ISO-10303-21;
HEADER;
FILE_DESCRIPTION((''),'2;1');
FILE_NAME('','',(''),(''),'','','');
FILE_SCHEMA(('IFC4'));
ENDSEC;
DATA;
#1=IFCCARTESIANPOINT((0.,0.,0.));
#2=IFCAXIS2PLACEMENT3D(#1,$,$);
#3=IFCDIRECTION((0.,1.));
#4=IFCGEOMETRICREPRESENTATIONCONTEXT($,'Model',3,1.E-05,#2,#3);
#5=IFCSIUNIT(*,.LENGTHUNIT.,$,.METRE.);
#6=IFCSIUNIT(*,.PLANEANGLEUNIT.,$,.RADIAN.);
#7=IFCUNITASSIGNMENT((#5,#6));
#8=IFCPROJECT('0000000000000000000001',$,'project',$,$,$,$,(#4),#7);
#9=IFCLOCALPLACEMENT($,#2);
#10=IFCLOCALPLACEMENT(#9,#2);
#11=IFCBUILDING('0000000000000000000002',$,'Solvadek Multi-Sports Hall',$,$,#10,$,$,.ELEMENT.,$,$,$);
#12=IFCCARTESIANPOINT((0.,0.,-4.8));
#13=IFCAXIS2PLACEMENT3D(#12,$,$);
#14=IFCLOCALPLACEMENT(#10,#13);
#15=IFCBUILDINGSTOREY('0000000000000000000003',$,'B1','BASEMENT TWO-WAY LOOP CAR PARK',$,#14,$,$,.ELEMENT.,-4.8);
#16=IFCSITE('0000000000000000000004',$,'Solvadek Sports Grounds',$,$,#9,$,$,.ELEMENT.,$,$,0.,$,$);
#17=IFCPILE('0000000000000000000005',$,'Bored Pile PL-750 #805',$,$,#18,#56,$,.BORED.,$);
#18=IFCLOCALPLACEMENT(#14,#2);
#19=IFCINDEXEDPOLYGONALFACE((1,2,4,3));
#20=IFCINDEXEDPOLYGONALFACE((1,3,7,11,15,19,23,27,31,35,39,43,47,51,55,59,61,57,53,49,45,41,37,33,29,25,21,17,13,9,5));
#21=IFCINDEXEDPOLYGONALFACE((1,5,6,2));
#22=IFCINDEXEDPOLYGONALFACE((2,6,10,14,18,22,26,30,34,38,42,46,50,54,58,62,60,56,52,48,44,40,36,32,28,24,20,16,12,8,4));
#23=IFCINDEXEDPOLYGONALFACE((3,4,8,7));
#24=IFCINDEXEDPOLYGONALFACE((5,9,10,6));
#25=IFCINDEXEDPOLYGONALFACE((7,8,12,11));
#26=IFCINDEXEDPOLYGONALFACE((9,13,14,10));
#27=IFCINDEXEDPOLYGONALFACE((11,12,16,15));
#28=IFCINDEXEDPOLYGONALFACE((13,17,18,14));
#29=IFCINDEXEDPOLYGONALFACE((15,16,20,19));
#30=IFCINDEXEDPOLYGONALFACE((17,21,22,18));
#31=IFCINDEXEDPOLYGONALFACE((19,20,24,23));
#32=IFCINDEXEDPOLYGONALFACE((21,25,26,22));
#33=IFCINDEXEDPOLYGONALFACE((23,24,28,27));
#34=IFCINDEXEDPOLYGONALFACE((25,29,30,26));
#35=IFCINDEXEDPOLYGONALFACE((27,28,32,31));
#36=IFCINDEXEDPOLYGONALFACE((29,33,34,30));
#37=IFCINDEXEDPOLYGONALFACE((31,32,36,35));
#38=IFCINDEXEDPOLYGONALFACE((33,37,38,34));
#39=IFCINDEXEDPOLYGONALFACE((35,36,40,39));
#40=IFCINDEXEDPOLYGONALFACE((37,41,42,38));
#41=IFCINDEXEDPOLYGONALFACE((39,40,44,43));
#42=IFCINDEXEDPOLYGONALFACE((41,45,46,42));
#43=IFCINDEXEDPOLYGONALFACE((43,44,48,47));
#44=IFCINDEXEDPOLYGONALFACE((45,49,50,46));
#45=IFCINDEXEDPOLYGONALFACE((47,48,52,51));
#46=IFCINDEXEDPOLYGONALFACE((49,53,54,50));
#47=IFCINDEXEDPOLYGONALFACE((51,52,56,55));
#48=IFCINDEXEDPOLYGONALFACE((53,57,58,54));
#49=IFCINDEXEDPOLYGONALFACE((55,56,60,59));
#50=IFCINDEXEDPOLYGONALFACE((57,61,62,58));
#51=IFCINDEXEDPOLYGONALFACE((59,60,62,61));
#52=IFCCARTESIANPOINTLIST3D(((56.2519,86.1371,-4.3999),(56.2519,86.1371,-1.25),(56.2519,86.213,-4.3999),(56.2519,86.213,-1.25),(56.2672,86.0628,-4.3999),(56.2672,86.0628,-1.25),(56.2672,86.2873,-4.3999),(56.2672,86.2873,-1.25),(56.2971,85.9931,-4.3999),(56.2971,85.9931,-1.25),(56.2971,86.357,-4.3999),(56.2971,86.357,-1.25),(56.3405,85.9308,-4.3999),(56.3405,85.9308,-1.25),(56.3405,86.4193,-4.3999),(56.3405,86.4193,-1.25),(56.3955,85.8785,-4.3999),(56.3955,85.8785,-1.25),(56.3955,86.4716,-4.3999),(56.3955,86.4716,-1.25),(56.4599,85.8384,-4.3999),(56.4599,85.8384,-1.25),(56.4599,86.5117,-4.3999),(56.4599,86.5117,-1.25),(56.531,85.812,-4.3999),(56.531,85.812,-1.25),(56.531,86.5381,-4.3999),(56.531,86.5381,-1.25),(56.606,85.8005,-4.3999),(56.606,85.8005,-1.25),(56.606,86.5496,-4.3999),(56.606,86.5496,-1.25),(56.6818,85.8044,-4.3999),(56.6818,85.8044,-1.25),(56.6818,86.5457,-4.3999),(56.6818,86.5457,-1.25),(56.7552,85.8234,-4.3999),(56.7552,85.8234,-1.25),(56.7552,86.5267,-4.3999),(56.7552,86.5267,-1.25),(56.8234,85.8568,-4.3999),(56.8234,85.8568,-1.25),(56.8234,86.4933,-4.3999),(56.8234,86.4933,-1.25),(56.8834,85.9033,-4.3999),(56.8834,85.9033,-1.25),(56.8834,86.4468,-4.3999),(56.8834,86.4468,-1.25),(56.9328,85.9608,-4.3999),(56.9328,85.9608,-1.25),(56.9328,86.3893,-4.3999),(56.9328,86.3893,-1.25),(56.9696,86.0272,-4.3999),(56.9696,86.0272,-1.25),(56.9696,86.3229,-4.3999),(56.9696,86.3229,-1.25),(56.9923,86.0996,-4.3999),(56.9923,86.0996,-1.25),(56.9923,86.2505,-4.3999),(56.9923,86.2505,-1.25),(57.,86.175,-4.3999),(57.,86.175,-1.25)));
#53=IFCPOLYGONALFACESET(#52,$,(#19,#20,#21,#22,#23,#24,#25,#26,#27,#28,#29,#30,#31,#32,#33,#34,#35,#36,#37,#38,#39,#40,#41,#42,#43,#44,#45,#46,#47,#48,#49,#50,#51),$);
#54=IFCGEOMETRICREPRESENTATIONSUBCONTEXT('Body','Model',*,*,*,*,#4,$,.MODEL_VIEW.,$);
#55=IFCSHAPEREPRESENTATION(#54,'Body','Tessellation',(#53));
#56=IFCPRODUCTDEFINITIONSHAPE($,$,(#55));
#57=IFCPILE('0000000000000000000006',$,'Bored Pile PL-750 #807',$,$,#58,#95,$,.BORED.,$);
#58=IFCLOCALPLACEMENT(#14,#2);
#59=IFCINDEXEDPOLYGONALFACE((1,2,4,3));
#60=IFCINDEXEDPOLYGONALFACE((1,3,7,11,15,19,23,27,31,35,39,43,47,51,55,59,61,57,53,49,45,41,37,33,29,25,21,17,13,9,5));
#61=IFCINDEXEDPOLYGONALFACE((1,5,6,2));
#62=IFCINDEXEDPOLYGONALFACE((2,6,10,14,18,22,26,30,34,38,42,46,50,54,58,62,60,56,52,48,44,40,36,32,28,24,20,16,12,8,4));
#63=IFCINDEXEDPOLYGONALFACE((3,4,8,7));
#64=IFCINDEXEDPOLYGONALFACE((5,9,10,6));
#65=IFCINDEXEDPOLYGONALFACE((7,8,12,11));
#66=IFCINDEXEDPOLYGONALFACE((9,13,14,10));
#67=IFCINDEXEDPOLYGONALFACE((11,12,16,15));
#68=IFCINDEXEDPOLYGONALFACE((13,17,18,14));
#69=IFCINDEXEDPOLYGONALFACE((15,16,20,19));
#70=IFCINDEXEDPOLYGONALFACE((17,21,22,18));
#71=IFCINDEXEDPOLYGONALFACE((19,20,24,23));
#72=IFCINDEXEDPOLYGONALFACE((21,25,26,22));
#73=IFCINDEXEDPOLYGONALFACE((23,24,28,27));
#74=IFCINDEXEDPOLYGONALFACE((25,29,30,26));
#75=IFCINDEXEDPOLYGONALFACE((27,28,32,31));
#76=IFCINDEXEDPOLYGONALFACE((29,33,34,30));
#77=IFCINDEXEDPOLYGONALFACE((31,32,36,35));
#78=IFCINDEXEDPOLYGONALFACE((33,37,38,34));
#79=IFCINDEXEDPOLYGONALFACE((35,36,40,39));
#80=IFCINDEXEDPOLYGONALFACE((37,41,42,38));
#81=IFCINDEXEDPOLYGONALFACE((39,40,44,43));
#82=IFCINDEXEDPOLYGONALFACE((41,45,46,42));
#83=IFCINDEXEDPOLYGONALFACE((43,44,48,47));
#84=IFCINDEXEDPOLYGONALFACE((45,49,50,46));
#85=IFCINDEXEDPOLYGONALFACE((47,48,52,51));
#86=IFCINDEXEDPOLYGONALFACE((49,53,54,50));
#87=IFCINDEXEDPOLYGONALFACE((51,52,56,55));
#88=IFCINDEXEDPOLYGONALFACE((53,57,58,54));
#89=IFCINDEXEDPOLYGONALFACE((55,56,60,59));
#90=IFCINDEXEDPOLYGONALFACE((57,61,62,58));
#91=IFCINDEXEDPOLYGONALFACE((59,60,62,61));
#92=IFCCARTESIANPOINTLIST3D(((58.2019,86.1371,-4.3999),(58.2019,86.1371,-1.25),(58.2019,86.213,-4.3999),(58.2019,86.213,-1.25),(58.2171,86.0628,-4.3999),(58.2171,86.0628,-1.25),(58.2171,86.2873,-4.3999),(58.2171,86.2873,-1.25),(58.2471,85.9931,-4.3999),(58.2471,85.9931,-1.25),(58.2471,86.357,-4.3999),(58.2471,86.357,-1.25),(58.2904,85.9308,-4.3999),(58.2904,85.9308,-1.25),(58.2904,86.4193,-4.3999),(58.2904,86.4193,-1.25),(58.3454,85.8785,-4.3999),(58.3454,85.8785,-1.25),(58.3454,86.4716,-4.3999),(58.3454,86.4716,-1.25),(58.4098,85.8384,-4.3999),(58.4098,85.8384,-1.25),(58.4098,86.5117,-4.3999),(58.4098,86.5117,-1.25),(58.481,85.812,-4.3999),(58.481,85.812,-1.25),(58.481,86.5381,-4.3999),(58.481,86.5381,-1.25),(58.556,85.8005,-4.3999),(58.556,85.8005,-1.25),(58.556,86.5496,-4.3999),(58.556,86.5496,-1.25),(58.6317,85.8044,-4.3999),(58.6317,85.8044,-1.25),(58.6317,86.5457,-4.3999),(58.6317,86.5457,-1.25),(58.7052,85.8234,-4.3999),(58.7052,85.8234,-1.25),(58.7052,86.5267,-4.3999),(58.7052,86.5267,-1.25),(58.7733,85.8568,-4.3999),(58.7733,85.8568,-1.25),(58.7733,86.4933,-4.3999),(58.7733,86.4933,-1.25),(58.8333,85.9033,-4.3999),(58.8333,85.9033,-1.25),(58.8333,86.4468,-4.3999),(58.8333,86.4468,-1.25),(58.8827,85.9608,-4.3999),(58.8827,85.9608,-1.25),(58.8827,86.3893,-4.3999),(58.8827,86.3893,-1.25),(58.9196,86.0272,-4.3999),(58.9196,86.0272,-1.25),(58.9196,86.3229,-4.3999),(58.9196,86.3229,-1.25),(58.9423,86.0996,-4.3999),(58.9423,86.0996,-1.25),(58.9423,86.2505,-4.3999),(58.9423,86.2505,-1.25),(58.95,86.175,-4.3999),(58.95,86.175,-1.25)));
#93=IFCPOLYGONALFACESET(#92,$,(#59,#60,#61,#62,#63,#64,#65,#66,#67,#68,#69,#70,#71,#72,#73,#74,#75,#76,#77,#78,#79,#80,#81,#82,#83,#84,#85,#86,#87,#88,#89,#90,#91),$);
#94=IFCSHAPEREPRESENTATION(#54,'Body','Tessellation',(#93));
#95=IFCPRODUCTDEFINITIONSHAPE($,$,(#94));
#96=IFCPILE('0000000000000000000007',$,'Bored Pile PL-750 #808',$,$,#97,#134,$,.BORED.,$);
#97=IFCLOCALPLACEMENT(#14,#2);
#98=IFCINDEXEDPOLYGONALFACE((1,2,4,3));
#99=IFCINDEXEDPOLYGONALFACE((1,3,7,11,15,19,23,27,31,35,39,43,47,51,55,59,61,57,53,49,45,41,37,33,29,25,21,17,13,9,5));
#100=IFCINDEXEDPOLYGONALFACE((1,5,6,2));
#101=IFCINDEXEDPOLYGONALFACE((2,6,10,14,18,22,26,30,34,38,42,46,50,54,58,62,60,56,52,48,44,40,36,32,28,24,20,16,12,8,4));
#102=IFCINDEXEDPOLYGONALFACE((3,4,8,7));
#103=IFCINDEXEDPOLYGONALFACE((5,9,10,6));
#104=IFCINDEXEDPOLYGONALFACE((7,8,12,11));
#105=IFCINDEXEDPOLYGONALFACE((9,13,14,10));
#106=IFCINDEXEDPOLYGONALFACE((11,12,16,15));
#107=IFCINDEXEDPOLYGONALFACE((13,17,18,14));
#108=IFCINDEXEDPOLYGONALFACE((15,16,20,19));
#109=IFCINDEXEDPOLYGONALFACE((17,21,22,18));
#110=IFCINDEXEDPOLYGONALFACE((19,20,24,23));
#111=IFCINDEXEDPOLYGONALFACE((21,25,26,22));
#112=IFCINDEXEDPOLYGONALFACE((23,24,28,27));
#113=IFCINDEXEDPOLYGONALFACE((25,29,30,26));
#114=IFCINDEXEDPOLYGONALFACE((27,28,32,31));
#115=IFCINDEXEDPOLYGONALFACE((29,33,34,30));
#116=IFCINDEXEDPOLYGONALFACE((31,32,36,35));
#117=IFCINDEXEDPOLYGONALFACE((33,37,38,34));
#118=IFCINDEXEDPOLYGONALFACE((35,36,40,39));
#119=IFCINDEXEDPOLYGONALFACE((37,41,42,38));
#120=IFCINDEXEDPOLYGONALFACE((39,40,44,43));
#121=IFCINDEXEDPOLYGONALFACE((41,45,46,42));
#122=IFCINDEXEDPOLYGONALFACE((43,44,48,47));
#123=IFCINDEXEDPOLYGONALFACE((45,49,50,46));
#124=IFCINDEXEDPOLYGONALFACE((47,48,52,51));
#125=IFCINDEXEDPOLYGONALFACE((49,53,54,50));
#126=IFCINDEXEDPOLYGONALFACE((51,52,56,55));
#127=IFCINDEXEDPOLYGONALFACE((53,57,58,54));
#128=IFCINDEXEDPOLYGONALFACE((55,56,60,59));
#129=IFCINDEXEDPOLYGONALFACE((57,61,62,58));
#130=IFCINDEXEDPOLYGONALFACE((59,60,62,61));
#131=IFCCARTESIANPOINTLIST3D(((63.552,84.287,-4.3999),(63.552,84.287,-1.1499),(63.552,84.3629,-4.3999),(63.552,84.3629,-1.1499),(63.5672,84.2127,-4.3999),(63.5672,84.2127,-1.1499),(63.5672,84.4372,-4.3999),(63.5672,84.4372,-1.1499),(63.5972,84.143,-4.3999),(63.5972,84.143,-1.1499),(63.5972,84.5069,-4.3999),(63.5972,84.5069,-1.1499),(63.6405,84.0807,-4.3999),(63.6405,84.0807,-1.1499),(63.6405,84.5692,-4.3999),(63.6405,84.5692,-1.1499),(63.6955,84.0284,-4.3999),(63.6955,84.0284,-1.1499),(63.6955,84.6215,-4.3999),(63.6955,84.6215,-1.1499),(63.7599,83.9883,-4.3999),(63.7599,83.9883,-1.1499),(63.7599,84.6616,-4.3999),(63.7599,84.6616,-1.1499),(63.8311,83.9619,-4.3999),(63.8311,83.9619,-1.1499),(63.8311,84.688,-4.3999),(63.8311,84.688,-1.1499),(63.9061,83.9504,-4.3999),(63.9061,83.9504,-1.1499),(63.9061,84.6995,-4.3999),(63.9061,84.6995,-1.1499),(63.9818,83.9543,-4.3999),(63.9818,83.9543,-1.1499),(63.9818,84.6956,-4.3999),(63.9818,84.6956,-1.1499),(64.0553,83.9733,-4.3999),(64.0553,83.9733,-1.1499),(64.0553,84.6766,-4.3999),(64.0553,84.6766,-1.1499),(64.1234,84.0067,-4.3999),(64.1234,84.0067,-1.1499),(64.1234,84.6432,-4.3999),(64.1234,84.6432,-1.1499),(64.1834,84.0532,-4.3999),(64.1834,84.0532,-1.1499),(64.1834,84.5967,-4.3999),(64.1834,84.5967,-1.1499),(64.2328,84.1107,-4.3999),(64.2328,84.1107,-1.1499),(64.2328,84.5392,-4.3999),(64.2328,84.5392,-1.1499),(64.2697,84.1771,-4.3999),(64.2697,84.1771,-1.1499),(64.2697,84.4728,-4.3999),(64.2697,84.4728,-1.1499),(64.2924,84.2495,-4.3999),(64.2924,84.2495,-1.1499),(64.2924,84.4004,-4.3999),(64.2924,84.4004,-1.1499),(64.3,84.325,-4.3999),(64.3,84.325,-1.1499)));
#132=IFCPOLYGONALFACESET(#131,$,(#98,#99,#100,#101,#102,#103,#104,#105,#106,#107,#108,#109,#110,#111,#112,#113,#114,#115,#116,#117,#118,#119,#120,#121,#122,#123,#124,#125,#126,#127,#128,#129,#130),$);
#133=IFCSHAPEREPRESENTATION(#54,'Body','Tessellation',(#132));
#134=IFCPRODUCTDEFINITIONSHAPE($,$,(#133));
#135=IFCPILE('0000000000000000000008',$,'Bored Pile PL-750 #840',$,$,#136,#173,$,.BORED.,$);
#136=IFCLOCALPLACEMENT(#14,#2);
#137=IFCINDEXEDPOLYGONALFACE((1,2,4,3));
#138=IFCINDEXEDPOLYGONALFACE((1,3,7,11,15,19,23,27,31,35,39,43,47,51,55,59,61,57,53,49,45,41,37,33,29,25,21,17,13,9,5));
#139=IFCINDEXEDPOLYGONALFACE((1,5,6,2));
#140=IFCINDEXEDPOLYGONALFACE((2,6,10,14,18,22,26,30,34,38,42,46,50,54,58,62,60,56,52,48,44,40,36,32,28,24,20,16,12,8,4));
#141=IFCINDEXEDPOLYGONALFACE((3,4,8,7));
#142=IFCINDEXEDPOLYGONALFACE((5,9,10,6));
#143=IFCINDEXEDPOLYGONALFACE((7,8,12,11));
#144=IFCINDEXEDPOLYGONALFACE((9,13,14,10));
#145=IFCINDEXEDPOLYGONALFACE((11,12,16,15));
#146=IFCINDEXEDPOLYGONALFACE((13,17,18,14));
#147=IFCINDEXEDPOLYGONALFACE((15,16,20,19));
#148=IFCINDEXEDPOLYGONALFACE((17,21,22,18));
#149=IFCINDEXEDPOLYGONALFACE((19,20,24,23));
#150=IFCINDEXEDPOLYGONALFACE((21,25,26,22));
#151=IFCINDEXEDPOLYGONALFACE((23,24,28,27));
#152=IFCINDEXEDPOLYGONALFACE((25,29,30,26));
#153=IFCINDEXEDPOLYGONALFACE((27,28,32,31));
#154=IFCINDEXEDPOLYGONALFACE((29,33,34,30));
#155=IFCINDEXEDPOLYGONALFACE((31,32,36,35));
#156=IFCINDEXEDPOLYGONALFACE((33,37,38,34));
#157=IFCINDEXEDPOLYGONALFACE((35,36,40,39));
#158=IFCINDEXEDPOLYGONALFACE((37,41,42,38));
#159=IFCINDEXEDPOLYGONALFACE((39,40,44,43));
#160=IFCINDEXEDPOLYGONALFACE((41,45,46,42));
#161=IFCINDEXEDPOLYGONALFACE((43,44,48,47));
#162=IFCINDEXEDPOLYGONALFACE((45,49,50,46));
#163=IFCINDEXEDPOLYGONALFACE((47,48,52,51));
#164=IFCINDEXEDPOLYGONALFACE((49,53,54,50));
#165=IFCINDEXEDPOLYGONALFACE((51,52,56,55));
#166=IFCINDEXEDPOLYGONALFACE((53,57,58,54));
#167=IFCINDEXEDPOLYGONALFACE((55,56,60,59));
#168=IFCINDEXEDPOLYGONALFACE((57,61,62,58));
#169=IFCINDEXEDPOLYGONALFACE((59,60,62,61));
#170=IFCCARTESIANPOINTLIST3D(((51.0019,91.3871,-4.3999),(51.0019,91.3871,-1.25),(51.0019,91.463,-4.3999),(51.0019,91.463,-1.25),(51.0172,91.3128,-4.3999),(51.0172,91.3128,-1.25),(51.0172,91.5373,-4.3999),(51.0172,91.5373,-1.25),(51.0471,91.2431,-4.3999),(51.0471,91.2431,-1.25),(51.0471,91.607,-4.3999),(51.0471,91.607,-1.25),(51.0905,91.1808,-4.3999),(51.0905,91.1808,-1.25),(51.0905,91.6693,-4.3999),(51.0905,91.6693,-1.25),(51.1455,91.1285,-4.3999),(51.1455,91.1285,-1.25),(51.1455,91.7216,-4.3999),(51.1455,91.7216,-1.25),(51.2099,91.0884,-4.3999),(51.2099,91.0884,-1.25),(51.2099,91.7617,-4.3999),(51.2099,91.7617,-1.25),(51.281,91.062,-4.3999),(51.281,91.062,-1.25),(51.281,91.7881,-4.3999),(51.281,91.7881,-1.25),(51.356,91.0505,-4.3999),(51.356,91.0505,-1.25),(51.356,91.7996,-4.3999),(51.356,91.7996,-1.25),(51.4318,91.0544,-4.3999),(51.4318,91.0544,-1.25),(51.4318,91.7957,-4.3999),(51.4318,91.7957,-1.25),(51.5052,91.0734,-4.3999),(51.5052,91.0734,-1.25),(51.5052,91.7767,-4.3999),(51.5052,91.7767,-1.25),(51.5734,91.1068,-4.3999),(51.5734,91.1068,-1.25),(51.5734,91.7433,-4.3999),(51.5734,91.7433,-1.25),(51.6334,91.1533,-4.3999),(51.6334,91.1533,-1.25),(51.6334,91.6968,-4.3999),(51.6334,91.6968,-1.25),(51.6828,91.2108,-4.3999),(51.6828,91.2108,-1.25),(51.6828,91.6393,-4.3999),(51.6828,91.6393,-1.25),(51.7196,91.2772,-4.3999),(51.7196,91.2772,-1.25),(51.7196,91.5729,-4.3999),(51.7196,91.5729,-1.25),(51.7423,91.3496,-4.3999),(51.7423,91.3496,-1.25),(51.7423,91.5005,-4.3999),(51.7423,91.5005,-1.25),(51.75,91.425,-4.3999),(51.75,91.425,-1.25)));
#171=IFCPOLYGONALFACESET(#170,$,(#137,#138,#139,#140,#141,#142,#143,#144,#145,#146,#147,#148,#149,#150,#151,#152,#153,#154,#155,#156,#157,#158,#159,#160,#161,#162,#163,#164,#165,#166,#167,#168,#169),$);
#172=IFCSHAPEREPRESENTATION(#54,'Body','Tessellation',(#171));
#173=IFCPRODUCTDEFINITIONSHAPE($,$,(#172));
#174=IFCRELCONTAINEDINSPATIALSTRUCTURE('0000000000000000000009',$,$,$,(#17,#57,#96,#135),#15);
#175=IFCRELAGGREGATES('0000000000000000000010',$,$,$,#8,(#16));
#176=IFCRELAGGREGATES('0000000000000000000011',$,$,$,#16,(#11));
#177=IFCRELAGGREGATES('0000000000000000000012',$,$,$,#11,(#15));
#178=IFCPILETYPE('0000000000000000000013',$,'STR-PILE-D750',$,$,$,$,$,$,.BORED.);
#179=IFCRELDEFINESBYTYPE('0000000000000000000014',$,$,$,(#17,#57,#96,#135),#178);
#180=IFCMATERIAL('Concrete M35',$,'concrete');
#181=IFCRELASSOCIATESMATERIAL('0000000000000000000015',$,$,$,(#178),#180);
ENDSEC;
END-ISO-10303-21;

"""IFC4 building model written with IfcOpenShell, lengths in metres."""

from ifc_helpers import new_model, si_unit, direction, frame, origin, origin_2d, place, context, subcontext, project, spatial, circle, extrude, material, material_profile, profile_set, type_object, element, save


model = new_model("IFC4")

# Units and contexts
model_context = context("Model", 3, precision=1e-05, world=origin(), true_north=direction((0.0, 1.0)))
body_context = subcontext(model_context, "Body", "Model", "MODEL_VIEW")
ifc_project = project(units=[si_unit("LENGTHUNIT", "METRE"), si_unit("PLANEANGLEUNIT", "RADIAN")], contexts=[model_context])

# Site, building, storey
site_placement = place(None, origin())
site = spatial("IfcSite", under=ifc_project, at=site_placement, Name="Solvadek Sports Grounds", CompositionType="ELEMENT", RefElevation=0.0)
building_placement = place(site_placement, origin())
building = spatial("IfcBuilding", under=site, at=building_placement, Name="Solvadek Multi-Sports Hall", CompositionType="ELEMENT")
storey_placement = place(building_placement, frame((0.0, 0.0, -4.8)))
storey = spatial("IfcBuildingStorey", under=building, at=storey_placement, Name="B1", Description="BASEMENT TWO-WAY LOOP CAR PARK", CompositionType="ELEMENT", Elevation=-4.8)

# Piles
ifc_material_1 = material(Name="Concrete M35", Category="concrete")
ifc_material_profile_1 = material_profile(ifc_material_1, circle(Radius=0.375, at=origin_2d()), Name="BORED PILE D750")
ifc_profile_set_1 = profile_set([ifc_material_profile_1], Name="Concrete M35")
pile_type_1 = type_object("IfcPileType", Name="STR-PILE-D750", PredefinedType="BORED", material=ifc_profile_set_1)
for number, where, z_axis, x_axis, name in (
    (1, (56.625, 86.175, -1.25), (0.0, 0.0, -1.0), (1.0, 0.0, 0.0), "Bored Pile PL-750 #805"),
    (2, (58.575, 86.175, -1.25), (0.0, 0.0, -1.0), (1.0, 0.0, 0.0), "Bored Pile PL-750 #807"),
):
    element("IfcPile", number, at=place(storey_placement, frame(where, z_axis=z_axis, x_axis=x_axis)), inside=storey, type_object=pile_type_1, Name=name, PredefinedType="BORED", context=body_context, shape_type="SweptSolid", body=[
        extrude(circle(Radius=0.375, at=origin_2d()), origin(), (0.0, 0.0, 1.0), 3.1499),
    ])
pile_1_placement = place(storey_placement, frame((63.925, 84.325, -1.1499), z_axis=(0.0, 0.0, -1.0), x_axis=(1.0, 0.0, 0.0)))
element("IfcPile", 3, at=pile_1_placement, inside=storey, type_object=pile_type_1, Name="Bored Pile PL-750 #808", PredefinedType="BORED", context=body_context, shape_type="SweptSolid", body=[
    extrude(circle(Radius=0.375, at=origin_2d()), origin(), (0.0, 0.0, 1.0), 3.25),
])
pile_2_placement = place(storey_placement, frame((51.375, 91.425, -1.25), z_axis=(0.0, 0.0, -1.0), x_axis=(1.0, 0.0, 0.0)))
element("IfcPile", 4, at=pile_2_placement, inside=storey, type_object=pile_type_1, Name="Bored Pile PL-750 #840", PredefinedType="BORED", context=body_context, shape_type="SweptSolid", body=[
    extrude(circle(Radius=0.375, at=origin_2d()), origin(), (0.0, 0.0, 1.0), 3.1499),
])

save(model, "model.ifc")
